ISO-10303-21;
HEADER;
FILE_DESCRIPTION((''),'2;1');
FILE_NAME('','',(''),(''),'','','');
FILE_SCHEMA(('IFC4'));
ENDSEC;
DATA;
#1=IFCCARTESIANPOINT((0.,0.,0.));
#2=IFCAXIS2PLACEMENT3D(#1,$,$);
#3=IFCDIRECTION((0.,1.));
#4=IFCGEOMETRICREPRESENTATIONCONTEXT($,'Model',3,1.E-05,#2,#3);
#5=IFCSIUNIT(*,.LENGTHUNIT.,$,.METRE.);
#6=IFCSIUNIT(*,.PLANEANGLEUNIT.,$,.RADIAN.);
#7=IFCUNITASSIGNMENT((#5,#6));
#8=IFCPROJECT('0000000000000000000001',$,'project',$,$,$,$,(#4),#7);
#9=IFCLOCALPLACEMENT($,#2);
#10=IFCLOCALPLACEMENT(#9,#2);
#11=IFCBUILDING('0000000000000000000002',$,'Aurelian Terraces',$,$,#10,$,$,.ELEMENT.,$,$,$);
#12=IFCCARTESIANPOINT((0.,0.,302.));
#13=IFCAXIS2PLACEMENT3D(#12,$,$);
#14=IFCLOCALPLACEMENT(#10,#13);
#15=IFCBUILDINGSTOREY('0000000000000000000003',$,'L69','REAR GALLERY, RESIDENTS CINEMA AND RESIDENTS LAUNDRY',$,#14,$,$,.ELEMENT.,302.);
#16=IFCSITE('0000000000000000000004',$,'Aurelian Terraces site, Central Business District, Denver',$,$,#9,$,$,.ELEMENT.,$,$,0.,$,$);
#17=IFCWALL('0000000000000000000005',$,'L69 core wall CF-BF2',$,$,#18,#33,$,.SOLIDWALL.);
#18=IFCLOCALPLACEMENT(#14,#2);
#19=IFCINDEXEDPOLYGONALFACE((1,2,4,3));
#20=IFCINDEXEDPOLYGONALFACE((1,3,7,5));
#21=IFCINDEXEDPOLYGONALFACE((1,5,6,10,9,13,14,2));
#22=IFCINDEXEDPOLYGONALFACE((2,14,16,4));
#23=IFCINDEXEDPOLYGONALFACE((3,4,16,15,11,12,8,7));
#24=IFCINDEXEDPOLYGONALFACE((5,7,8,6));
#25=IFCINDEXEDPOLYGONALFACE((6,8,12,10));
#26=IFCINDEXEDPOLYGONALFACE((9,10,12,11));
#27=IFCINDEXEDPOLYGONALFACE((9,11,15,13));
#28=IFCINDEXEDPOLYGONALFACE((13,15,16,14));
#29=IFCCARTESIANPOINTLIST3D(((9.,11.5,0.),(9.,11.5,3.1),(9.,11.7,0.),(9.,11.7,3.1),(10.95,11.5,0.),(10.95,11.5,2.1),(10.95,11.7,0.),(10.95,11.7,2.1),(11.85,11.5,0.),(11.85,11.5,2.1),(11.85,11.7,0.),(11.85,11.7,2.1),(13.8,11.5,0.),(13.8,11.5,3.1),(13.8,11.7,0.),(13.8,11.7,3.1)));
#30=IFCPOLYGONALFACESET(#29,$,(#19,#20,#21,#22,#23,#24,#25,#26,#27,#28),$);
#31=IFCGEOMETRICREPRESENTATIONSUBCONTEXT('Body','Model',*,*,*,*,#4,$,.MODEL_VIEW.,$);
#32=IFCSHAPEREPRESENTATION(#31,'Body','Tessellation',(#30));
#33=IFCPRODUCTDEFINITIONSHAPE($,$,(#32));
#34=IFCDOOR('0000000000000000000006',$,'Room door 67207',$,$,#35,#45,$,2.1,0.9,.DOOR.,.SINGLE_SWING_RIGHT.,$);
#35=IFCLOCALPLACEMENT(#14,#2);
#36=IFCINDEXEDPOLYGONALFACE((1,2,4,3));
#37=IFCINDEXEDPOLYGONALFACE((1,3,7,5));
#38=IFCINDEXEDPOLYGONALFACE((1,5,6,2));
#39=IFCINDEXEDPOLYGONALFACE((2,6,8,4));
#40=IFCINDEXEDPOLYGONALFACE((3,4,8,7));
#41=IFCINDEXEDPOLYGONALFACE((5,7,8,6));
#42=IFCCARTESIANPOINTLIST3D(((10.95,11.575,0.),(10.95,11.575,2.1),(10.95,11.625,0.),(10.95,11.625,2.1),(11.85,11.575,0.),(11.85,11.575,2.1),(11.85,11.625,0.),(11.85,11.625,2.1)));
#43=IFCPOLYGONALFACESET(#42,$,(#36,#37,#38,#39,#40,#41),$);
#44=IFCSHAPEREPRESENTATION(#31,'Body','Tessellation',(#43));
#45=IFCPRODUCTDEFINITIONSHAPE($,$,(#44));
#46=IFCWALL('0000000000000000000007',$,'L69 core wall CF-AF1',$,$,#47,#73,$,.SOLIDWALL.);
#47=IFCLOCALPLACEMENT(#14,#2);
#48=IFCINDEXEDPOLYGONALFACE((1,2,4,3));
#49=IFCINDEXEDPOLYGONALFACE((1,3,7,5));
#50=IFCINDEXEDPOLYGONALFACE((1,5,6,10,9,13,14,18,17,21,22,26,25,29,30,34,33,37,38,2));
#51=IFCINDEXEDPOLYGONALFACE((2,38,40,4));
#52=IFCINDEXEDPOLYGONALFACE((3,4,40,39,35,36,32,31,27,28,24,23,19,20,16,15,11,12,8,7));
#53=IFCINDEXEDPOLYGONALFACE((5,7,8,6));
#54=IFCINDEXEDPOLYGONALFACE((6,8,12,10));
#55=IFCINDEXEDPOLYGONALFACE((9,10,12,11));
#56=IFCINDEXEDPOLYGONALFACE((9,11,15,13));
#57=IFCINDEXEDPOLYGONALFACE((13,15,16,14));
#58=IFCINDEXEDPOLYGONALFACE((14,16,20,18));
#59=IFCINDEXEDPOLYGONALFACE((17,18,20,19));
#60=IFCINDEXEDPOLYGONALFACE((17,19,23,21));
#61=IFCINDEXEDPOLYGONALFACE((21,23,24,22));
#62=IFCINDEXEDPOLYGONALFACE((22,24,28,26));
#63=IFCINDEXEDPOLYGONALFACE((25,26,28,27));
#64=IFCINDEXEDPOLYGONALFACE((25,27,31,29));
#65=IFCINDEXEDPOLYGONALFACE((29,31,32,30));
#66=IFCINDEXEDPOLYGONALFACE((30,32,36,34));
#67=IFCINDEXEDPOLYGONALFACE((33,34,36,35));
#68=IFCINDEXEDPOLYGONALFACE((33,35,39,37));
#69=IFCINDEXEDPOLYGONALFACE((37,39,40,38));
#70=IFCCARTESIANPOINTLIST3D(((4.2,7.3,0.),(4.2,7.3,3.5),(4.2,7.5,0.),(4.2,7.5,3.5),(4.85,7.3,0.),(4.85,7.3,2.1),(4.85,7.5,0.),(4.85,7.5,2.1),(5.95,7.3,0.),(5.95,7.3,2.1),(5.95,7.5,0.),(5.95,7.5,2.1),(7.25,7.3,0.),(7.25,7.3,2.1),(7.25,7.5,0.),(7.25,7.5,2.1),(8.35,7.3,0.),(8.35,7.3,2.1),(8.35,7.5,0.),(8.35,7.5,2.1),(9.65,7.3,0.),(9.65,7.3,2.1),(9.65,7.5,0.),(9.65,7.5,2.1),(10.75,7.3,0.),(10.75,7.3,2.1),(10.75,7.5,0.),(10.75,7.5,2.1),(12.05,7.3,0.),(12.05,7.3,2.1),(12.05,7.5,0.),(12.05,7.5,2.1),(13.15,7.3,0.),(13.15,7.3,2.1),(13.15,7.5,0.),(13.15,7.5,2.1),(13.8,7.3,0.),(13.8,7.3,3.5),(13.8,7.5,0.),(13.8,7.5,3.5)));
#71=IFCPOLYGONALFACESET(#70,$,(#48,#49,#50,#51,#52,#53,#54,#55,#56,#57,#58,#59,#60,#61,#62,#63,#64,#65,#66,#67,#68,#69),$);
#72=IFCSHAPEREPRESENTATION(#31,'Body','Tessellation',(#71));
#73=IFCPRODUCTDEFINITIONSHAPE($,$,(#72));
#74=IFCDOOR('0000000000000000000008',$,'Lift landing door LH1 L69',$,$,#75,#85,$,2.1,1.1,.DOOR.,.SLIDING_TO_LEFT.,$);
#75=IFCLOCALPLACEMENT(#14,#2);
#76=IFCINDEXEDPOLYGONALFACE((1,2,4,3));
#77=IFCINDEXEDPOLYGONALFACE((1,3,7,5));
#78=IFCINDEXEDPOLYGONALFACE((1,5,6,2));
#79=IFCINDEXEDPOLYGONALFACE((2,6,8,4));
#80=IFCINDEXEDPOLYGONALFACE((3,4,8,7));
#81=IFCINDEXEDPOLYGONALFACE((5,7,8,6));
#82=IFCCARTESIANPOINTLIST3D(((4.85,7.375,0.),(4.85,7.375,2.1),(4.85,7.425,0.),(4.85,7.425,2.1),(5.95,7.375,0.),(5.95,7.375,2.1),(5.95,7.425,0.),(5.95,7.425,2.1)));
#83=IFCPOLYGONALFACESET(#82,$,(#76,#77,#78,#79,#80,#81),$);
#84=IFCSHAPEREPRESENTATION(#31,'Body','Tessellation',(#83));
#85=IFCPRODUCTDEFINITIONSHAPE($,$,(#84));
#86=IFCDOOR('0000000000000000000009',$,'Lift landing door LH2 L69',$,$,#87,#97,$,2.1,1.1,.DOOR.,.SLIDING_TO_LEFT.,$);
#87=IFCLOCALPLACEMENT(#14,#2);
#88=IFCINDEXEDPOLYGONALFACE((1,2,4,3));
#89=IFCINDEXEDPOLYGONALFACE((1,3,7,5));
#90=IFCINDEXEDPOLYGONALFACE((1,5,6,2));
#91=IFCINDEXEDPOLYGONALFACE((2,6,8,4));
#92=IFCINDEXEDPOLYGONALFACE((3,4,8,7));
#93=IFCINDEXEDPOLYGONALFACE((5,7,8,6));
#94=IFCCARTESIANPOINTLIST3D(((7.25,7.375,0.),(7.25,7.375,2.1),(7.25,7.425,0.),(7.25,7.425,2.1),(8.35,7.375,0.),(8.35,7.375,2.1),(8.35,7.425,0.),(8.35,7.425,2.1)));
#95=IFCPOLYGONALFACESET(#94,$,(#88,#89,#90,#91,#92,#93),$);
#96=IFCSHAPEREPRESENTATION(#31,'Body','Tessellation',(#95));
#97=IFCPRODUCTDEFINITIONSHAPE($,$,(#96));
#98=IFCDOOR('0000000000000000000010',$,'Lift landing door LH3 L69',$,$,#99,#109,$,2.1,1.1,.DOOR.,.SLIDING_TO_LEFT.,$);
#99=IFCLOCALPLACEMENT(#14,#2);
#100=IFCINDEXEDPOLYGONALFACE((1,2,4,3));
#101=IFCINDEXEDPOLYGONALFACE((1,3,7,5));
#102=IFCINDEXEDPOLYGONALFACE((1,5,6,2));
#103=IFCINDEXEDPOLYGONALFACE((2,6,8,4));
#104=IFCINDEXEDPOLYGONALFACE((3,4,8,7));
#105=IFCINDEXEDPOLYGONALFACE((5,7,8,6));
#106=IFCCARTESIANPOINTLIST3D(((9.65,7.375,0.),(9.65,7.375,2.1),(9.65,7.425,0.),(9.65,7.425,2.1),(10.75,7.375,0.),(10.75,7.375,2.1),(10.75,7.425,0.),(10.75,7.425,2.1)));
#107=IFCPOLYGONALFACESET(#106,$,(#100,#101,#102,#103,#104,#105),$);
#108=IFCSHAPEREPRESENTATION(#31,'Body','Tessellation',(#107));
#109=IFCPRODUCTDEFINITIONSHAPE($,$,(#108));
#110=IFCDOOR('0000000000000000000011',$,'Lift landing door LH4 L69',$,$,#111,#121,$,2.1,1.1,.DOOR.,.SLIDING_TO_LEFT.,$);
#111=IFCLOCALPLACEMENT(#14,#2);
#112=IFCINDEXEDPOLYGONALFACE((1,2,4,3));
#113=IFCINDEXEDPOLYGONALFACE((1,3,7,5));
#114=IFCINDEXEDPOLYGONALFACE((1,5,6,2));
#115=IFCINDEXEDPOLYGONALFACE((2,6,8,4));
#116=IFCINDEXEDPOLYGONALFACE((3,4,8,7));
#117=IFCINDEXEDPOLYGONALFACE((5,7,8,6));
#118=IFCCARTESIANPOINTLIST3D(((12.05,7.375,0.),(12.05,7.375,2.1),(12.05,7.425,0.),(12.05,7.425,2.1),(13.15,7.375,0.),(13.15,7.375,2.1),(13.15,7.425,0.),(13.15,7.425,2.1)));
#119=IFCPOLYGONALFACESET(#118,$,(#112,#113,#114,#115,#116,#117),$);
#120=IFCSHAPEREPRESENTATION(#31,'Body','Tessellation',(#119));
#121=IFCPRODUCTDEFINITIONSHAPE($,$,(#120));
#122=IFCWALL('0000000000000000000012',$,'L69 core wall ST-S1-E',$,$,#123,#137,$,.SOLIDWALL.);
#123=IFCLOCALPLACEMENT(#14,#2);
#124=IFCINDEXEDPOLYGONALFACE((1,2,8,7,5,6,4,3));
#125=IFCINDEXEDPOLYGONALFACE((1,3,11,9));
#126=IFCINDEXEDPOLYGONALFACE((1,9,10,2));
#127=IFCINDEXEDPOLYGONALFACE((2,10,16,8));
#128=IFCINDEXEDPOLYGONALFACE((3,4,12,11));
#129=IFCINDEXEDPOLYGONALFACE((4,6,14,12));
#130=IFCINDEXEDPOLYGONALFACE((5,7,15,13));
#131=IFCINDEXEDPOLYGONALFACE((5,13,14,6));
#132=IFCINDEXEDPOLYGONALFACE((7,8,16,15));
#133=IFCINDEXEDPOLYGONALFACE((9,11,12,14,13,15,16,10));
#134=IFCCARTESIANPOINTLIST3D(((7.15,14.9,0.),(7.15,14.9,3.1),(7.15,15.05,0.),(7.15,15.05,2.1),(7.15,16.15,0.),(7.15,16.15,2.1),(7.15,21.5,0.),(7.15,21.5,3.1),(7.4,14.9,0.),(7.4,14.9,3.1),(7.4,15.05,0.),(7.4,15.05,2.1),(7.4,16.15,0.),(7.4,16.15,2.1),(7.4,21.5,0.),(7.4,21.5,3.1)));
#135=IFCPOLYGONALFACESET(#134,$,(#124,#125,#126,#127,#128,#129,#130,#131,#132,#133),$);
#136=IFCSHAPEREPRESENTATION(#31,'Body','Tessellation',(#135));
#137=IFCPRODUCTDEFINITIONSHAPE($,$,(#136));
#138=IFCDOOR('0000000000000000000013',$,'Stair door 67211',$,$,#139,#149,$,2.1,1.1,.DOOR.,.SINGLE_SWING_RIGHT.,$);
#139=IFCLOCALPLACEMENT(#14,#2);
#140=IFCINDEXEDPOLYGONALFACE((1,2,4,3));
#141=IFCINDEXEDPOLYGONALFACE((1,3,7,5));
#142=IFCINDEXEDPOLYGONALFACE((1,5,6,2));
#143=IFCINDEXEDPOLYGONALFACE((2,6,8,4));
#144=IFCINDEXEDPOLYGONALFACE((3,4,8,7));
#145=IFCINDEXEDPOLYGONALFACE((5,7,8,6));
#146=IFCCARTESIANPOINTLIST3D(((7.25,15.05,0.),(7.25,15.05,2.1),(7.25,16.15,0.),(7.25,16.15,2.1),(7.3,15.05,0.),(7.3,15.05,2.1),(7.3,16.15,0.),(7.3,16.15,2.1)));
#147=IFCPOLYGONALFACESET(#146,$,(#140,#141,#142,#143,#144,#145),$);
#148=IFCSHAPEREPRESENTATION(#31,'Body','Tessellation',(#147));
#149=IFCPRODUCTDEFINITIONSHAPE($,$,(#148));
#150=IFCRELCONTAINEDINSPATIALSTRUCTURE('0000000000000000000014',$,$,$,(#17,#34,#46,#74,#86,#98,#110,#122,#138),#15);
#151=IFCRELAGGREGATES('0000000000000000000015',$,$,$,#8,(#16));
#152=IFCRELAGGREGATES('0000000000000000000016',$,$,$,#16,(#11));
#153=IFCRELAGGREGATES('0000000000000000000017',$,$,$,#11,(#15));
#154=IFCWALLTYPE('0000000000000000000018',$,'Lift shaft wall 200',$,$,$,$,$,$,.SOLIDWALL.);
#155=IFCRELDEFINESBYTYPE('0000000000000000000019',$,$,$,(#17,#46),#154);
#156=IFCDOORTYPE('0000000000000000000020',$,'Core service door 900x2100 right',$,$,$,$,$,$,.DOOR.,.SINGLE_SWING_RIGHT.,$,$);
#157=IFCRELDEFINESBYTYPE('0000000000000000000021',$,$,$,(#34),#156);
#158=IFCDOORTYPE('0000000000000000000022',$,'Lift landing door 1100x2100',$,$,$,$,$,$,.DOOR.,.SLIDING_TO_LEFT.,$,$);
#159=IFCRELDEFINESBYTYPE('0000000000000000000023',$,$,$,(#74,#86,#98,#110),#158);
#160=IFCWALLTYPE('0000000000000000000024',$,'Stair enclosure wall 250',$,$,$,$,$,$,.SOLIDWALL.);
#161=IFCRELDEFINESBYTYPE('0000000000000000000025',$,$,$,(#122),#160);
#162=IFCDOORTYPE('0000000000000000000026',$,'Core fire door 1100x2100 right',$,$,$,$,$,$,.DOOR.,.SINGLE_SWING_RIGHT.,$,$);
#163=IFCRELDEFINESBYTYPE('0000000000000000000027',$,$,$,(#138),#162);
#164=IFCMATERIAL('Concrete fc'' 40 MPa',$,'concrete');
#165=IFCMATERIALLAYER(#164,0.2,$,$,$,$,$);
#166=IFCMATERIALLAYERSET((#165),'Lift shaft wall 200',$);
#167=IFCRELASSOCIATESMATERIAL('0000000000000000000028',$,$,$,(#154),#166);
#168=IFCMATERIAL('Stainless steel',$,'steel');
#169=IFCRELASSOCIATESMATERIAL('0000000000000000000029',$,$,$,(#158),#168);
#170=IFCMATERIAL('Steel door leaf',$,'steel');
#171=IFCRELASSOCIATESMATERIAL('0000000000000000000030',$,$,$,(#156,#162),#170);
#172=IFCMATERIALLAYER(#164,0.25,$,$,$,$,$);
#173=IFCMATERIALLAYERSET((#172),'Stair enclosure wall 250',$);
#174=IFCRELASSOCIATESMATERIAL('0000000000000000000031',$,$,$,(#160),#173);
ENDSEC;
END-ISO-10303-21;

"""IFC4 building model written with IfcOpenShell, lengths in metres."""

from ifc_helpers import new_model, si_unit, direction, frame, frame_2d, origin, place, context, subcontext, project, spatial, rectangle, extrude, source, transform, mapped, material, layer, layer_set, type_object, element, fill, save


model = new_model("IFC4")

# Units and contexts
model_context = context("Model", 3, precision=1e-05, world=origin(), true_north=direction((0.0, 1.0)))
body_context = subcontext(model_context, "Body", "Model", "MODEL_VIEW")
ifc_project = project(units=[si_unit("LENGTHUNIT", "METRE"), si_unit("PLANEANGLEUNIT", "RADIAN")], contexts=[model_context])

# Site, building, storey
site_placement = place(None, origin())
site = spatial("IfcSite", under=ifc_project, at=site_placement, Name="Aurelian Terraces site, Central Business District, Denver", CompositionType="ELEMENT", RefElevation=0.0)
building_placement = place(site_placement, origin())
building = spatial("IfcBuilding", under=site, at=building_placement, Name="Aurelian Terraces", CompositionType="ELEMENT")
storey_placement = place(building_placement, frame((0.0, 0.0, 302.0)))
storey = spatial("IfcBuildingStorey", under=building, at=storey_placement, Name="L69", Description="REAR GALLERY, RESIDENTS CINEMA AND RESIDENTS LAUNDRY", CompositionType="ELEMENT", Elevation=302.0)

# Shared definitions
ifc_material_1 = material(Name="Concrete fc' 40 MPa", Category="concrete")
ifc_layer_1 = layer(ifc_material_1, 0.2)
ifc_layer_set_1 = layer_set([ifc_layer_1], Name="Lift shaft wall 200")
wall_type_1 = type_object("IfcWallType", Name="Lift shaft wall 200", PredefinedType="SOLIDWALL", material=ifc_layer_set_1)

# Shared definitions
shared_shape_1 = source(origin(), body_context, "Body", "SweptSolid", [
    extrude(rectangle(XDim=1.1, YDim=2.1, at=frame_2d((0.55, 1.05))), frame((0.0, 0.11, 0.0), z_axis=(0.0, -1.0, 0.0), x_axis=(1.0, 0.0, 0.0)), (0.0, 0.0, 1.0), 0.22),
])
ifc_material_2 = material(Name="Stainless steel", Category="steel")
door_type_1 = type_object("IfcDoorType", Name="Lift landing door 1100x2100", OperationType="SLIDING_TO_LEFT", PredefinedType="DOOR", material=ifc_material_2)
shared_shape_2 = source(origin(), body_context, "Body", "SweptSolid", [
    extrude(rectangle(XDim=1.1, YDim=2.1, at=frame_2d((0.55, 1.05))), frame((0.0, 0.025, 0.0), z_axis=(0.0, -1.0, 0.0), x_axis=(1.0, 0.0, 0.0)), (0.0, 0.0, 1.0), 0.05),
])

# Wall, opening, door
shared_shape_3 = source(origin(), body_context, "Body", "SweptSolid", [
    extrude(rectangle(XDim=4.8, YDim=0.2, at=frame_2d((2.4, 0.0))), origin(), (0.0, 0.0, 1.0), 3.1),
])
wall_1_placement = place(storey_placement, frame((9.0, 11.6, 0.0), z_axis=(0.0, 0.0, 1.0), x_axis=(1.0, 0.0, 0.0)))
wall_1 = element("IfcWall", 1, at=wall_1_placement, inside=storey, type_object=wall_type_1, Name="L69 core wall CF-BF2", PredefinedType="SOLIDWALL", context=body_context, shape_type="MappedRepresentation", body=[
    mapped(shared_shape_3, transform((0.0, 0.0, 0.0), scale=1.0)),
])
shared_shape_4 = source(origin(), body_context, "Body", "SweptSolid", [
    extrude(rectangle(XDim=0.9, YDim=2.1, at=frame_2d((0.45, 1.05))), frame((0.0, 0.11, 0.0), z_axis=(0.0, -1.0, 0.0), x_axis=(1.0, 0.0, 0.0)), (0.0, 0.0, 1.0), 0.22),
])
opening_1_placement = place(wall_1_placement, frame((1.95, 0.0, 0.0)))
opening_1 = element("IfcOpeningElement", 2, at=opening_1_placement, cuts=wall_1, PredefinedType="OPENING", context=body_context, shape_type="MappedRepresentation", body=[
    mapped(shared_shape_4, transform((0.0, 0.0, 0.0), scale=1.0)),
])
ifc_material_3 = material(Name="Steel door leaf", Category="steel")
door_type_2 = type_object("IfcDoorType", Name="Core service door 900x2100 right", OperationType="SINGLE_SWING_RIGHT", PredefinedType="DOOR", material=ifc_material_3)
shared_shape_5 = source(origin(), body_context, "Body", "SweptSolid", [
    extrude(rectangle(XDim=0.9, YDim=2.1, at=frame_2d((0.45, 1.05))), frame((0.0, 0.025, 0.0), z_axis=(0.0, -1.0, 0.0), x_axis=(1.0, 0.0, 0.0)), (0.0, 0.0, 1.0), 0.05),
])
door_1_placement = place(opening_1_placement, origin())
door_1 = element("IfcDoor", 3, at=door_1_placement, inside=storey, type_object=door_type_2, Name="Room door 67207", OperationType="SINGLE_SWING_RIGHT", OverallHeight=2.1, OverallWidth=0.9, PredefinedType="DOOR", context=body_context, shape_type="MappedRepresentation", body=[
    mapped(shared_shape_5, transform((0.0, 0.0, 0.0), scale=1.0)),
])
fill(opening_1, door_1)

# Wall, openings, doors
shared_shape_6 = source(origin(), body_context, "Body", "SweptSolid", [
    extrude(rectangle(XDim=9.6, YDim=0.2, at=frame_2d((4.8, 0.0))), origin(), (0.0, 0.0, 1.0), 3.5),
])
wall_2_placement = place(storey_placement, frame((4.2, 7.4, 0.0), z_axis=(0.0, 0.0, 1.0), x_axis=(1.0, 0.0, 0.0)))
wall_2 = element("IfcWall", 4, at=wall_2_placement, inside=storey, type_object=wall_type_1, Name="L69 core wall CF-AF1", PredefinedType="SOLIDWALL", context=body_context, shape_type="MappedRepresentation", body=[
    mapped(shared_shape_6, transform((0.0, 0.0, 0.0), scale=1.0)),
])
opening_2_placement = place(wall_2_placement, frame((0.65, 0.0, 0.0)))
opening_2 = element("IfcOpeningElement", 5, at=opening_2_placement, cuts=wall_2, PredefinedType="OPENING", context=body_context, shape_type="MappedRepresentation", body=[
    mapped(shared_shape_1, transform((0.0, 0.0, 0.0), scale=1.0)),
])
opening_3_placement = place(wall_2_placement, frame((3.05, 0.0, 0.0)))
opening_3 = element("IfcOpeningElement", 6, at=opening_3_placement, cuts=wall_2, PredefinedType="OPENING", context=body_context, shape_type="MappedRepresentation", body=[
    mapped(shared_shape_1, transform((0.0, 0.0, 0.0), scale=1.0)),
])
opening_4_placement = place(wall_2_placement, frame((5.45, 0.0, 0.0)))
opening_4 = element("IfcOpeningElement", 7, at=opening_4_placement, cuts=wall_2, PredefinedType="OPENING", context=body_context, shape_type="MappedRepresentation", body=[
    mapped(shared_shape_1, transform((0.0, 0.0, 0.0), scale=1.0)),
])
opening_5_placement = place(wall_2_placement, frame((7.85, 0.0, 0.0)))
opening_5 = element("IfcOpeningElement", 8, at=opening_5_placement, cuts=wall_2, PredefinedType="OPENING", context=body_context, shape_type="MappedRepresentation", body=[
    mapped(shared_shape_1, transform((0.0, 0.0, 0.0), scale=1.0)),
])
door_2_placement = place(opening_2_placement, origin())
door_2 = element("IfcDoor", 9, at=door_2_placement, inside=storey, type_object=door_type_1, Name="Lift landing door LH1 L69", OperationType="SLIDING_TO_LEFT", OverallHeight=2.1, OverallWidth=1.1, PredefinedType="DOOR", context=body_context, shape_type="MappedRepresentation", body=[
    mapped(shared_shape_2, transform((0.0, 0.0, 0.0), scale=1.0)),
])
fill(opening_2, door_2)
door_3_placement = place(opening_3_placement, origin())
door_3 = element("IfcDoor", 10, at=door_3_placement, inside=storey, type_object=door_type_1, Name="Lift landing door LH2 L69", OperationType="SLIDING_TO_LEFT", OverallHeight=2.1, OverallWidth=1.1, PredefinedType="DOOR", context=body_context, shape_type="MappedRepresentation", body=[
    mapped(shared_shape_2, transform((0.0, 0.0, 0.0), scale=1.0)),
])
fill(opening_3, door_3)
door_4_placement = place(opening_4_placement, origin())
door_4 = element("IfcDoor", 11, at=door_4_placement, inside=storey, type_object=door_type_1, Name="Lift landing door LH3 L69", OperationType="SLIDING_TO_LEFT", OverallHeight=2.1, OverallWidth=1.1, PredefinedType="DOOR", context=body_context, shape_type="MappedRepresentation", body=[
    mapped(shared_shape_2, transform((0.0, 0.0, 0.0), scale=1.0)),
])
fill(opening_4, door_4)
door_5_placement = place(opening_5_placement, origin())
door_5 = element("IfcDoor", 12, at=door_5_placement, inside=storey, type_object=door_type_1, Name="Lift landing door LH4 L69", OperationType="SLIDING_TO_LEFT", OverallHeight=2.1, OverallWidth=1.1, PredefinedType="DOOR", context=body_context, shape_type="MappedRepresentation", body=[
    mapped(shared_shape_2, transform((0.0, 0.0, 0.0), scale=1.0)),
])
fill(opening_5, door_5)

# Wall, opening, door
ifc_layer_2 = layer(ifc_material_1, 0.25)
ifc_layer_set_2 = layer_set([ifc_layer_2], Name="Stair enclosure wall 250")
wall_type_2 = type_object("IfcWallType", Name="Stair enclosure wall 250", PredefinedType="SOLIDWALL", material=ifc_layer_set_2)
shared_shape_7 = source(origin(), body_context, "Body", "SweptSolid", [
    extrude(rectangle(XDim=6.6, YDim=0.25, at=frame_2d((3.3, 0.0))), origin(), (0.0, 0.0, 1.0), 3.1),
])
wall_3_placement = place(storey_placement, frame((7.275, 14.9, 0.0), z_axis=(0.0, 0.0, 1.0), x_axis=(0.0, 1.0, 0.0)))
wall_3 = element("IfcWall", 13, at=wall_3_placement, inside=storey, type_object=wall_type_2, Name="L69 core wall ST-S1-E", PredefinedType="SOLIDWALL", context=body_context, shape_type="MappedRepresentation", body=[
    mapped(shared_shape_7, transform((0.0, 0.0, 0.0), scale=1.0)),
])
shared_shape_8 = source(origin(), body_context, "Body", "SweptSolid", [
    extrude(rectangle(XDim=1.1, YDim=2.1, at=frame_2d((0.55, 1.05))), frame((0.0, 0.135, 0.0), z_axis=(0.0, -1.0, 0.0), x_axis=(1.0, 0.0, 0.0)), (0.0, 0.0, 1.0), 0.27),
])
opening_6_placement = place(wall_3_placement, frame((0.15, 0.0, 0.0)))
opening_6 = element("IfcOpeningElement", 14, at=opening_6_placement, cuts=wall_3, PredefinedType="OPENING", context=body_context, shape_type="MappedRepresentation", body=[
    mapped(shared_shape_8, transform((0.0, 0.0, 0.0), scale=1.0)),
])
door_type_3 = type_object("IfcDoorType", Name="Core fire door 1100x2100 right", OperationType="SINGLE_SWING_RIGHT", PredefinedType="DOOR", material=ifc_material_3)
door_6_placement = place(opening_6_placement, origin())
door_6 = element("IfcDoor", 15, at=door_6_placement, inside=storey, type_object=door_type_3, Name="Stair door 67211", OperationType="SINGLE_SWING_RIGHT", OverallHeight=2.1, OverallWidth=1.1, PredefinedType="DOOR", context=body_context, shape_type="MappedRepresentation", body=[
    mapped(shared_shape_2, transform((0.0, 0.0, 0.0), scale=1.0)),
])
fill(opening_6, door_6)

save(model, "model.ifc")
